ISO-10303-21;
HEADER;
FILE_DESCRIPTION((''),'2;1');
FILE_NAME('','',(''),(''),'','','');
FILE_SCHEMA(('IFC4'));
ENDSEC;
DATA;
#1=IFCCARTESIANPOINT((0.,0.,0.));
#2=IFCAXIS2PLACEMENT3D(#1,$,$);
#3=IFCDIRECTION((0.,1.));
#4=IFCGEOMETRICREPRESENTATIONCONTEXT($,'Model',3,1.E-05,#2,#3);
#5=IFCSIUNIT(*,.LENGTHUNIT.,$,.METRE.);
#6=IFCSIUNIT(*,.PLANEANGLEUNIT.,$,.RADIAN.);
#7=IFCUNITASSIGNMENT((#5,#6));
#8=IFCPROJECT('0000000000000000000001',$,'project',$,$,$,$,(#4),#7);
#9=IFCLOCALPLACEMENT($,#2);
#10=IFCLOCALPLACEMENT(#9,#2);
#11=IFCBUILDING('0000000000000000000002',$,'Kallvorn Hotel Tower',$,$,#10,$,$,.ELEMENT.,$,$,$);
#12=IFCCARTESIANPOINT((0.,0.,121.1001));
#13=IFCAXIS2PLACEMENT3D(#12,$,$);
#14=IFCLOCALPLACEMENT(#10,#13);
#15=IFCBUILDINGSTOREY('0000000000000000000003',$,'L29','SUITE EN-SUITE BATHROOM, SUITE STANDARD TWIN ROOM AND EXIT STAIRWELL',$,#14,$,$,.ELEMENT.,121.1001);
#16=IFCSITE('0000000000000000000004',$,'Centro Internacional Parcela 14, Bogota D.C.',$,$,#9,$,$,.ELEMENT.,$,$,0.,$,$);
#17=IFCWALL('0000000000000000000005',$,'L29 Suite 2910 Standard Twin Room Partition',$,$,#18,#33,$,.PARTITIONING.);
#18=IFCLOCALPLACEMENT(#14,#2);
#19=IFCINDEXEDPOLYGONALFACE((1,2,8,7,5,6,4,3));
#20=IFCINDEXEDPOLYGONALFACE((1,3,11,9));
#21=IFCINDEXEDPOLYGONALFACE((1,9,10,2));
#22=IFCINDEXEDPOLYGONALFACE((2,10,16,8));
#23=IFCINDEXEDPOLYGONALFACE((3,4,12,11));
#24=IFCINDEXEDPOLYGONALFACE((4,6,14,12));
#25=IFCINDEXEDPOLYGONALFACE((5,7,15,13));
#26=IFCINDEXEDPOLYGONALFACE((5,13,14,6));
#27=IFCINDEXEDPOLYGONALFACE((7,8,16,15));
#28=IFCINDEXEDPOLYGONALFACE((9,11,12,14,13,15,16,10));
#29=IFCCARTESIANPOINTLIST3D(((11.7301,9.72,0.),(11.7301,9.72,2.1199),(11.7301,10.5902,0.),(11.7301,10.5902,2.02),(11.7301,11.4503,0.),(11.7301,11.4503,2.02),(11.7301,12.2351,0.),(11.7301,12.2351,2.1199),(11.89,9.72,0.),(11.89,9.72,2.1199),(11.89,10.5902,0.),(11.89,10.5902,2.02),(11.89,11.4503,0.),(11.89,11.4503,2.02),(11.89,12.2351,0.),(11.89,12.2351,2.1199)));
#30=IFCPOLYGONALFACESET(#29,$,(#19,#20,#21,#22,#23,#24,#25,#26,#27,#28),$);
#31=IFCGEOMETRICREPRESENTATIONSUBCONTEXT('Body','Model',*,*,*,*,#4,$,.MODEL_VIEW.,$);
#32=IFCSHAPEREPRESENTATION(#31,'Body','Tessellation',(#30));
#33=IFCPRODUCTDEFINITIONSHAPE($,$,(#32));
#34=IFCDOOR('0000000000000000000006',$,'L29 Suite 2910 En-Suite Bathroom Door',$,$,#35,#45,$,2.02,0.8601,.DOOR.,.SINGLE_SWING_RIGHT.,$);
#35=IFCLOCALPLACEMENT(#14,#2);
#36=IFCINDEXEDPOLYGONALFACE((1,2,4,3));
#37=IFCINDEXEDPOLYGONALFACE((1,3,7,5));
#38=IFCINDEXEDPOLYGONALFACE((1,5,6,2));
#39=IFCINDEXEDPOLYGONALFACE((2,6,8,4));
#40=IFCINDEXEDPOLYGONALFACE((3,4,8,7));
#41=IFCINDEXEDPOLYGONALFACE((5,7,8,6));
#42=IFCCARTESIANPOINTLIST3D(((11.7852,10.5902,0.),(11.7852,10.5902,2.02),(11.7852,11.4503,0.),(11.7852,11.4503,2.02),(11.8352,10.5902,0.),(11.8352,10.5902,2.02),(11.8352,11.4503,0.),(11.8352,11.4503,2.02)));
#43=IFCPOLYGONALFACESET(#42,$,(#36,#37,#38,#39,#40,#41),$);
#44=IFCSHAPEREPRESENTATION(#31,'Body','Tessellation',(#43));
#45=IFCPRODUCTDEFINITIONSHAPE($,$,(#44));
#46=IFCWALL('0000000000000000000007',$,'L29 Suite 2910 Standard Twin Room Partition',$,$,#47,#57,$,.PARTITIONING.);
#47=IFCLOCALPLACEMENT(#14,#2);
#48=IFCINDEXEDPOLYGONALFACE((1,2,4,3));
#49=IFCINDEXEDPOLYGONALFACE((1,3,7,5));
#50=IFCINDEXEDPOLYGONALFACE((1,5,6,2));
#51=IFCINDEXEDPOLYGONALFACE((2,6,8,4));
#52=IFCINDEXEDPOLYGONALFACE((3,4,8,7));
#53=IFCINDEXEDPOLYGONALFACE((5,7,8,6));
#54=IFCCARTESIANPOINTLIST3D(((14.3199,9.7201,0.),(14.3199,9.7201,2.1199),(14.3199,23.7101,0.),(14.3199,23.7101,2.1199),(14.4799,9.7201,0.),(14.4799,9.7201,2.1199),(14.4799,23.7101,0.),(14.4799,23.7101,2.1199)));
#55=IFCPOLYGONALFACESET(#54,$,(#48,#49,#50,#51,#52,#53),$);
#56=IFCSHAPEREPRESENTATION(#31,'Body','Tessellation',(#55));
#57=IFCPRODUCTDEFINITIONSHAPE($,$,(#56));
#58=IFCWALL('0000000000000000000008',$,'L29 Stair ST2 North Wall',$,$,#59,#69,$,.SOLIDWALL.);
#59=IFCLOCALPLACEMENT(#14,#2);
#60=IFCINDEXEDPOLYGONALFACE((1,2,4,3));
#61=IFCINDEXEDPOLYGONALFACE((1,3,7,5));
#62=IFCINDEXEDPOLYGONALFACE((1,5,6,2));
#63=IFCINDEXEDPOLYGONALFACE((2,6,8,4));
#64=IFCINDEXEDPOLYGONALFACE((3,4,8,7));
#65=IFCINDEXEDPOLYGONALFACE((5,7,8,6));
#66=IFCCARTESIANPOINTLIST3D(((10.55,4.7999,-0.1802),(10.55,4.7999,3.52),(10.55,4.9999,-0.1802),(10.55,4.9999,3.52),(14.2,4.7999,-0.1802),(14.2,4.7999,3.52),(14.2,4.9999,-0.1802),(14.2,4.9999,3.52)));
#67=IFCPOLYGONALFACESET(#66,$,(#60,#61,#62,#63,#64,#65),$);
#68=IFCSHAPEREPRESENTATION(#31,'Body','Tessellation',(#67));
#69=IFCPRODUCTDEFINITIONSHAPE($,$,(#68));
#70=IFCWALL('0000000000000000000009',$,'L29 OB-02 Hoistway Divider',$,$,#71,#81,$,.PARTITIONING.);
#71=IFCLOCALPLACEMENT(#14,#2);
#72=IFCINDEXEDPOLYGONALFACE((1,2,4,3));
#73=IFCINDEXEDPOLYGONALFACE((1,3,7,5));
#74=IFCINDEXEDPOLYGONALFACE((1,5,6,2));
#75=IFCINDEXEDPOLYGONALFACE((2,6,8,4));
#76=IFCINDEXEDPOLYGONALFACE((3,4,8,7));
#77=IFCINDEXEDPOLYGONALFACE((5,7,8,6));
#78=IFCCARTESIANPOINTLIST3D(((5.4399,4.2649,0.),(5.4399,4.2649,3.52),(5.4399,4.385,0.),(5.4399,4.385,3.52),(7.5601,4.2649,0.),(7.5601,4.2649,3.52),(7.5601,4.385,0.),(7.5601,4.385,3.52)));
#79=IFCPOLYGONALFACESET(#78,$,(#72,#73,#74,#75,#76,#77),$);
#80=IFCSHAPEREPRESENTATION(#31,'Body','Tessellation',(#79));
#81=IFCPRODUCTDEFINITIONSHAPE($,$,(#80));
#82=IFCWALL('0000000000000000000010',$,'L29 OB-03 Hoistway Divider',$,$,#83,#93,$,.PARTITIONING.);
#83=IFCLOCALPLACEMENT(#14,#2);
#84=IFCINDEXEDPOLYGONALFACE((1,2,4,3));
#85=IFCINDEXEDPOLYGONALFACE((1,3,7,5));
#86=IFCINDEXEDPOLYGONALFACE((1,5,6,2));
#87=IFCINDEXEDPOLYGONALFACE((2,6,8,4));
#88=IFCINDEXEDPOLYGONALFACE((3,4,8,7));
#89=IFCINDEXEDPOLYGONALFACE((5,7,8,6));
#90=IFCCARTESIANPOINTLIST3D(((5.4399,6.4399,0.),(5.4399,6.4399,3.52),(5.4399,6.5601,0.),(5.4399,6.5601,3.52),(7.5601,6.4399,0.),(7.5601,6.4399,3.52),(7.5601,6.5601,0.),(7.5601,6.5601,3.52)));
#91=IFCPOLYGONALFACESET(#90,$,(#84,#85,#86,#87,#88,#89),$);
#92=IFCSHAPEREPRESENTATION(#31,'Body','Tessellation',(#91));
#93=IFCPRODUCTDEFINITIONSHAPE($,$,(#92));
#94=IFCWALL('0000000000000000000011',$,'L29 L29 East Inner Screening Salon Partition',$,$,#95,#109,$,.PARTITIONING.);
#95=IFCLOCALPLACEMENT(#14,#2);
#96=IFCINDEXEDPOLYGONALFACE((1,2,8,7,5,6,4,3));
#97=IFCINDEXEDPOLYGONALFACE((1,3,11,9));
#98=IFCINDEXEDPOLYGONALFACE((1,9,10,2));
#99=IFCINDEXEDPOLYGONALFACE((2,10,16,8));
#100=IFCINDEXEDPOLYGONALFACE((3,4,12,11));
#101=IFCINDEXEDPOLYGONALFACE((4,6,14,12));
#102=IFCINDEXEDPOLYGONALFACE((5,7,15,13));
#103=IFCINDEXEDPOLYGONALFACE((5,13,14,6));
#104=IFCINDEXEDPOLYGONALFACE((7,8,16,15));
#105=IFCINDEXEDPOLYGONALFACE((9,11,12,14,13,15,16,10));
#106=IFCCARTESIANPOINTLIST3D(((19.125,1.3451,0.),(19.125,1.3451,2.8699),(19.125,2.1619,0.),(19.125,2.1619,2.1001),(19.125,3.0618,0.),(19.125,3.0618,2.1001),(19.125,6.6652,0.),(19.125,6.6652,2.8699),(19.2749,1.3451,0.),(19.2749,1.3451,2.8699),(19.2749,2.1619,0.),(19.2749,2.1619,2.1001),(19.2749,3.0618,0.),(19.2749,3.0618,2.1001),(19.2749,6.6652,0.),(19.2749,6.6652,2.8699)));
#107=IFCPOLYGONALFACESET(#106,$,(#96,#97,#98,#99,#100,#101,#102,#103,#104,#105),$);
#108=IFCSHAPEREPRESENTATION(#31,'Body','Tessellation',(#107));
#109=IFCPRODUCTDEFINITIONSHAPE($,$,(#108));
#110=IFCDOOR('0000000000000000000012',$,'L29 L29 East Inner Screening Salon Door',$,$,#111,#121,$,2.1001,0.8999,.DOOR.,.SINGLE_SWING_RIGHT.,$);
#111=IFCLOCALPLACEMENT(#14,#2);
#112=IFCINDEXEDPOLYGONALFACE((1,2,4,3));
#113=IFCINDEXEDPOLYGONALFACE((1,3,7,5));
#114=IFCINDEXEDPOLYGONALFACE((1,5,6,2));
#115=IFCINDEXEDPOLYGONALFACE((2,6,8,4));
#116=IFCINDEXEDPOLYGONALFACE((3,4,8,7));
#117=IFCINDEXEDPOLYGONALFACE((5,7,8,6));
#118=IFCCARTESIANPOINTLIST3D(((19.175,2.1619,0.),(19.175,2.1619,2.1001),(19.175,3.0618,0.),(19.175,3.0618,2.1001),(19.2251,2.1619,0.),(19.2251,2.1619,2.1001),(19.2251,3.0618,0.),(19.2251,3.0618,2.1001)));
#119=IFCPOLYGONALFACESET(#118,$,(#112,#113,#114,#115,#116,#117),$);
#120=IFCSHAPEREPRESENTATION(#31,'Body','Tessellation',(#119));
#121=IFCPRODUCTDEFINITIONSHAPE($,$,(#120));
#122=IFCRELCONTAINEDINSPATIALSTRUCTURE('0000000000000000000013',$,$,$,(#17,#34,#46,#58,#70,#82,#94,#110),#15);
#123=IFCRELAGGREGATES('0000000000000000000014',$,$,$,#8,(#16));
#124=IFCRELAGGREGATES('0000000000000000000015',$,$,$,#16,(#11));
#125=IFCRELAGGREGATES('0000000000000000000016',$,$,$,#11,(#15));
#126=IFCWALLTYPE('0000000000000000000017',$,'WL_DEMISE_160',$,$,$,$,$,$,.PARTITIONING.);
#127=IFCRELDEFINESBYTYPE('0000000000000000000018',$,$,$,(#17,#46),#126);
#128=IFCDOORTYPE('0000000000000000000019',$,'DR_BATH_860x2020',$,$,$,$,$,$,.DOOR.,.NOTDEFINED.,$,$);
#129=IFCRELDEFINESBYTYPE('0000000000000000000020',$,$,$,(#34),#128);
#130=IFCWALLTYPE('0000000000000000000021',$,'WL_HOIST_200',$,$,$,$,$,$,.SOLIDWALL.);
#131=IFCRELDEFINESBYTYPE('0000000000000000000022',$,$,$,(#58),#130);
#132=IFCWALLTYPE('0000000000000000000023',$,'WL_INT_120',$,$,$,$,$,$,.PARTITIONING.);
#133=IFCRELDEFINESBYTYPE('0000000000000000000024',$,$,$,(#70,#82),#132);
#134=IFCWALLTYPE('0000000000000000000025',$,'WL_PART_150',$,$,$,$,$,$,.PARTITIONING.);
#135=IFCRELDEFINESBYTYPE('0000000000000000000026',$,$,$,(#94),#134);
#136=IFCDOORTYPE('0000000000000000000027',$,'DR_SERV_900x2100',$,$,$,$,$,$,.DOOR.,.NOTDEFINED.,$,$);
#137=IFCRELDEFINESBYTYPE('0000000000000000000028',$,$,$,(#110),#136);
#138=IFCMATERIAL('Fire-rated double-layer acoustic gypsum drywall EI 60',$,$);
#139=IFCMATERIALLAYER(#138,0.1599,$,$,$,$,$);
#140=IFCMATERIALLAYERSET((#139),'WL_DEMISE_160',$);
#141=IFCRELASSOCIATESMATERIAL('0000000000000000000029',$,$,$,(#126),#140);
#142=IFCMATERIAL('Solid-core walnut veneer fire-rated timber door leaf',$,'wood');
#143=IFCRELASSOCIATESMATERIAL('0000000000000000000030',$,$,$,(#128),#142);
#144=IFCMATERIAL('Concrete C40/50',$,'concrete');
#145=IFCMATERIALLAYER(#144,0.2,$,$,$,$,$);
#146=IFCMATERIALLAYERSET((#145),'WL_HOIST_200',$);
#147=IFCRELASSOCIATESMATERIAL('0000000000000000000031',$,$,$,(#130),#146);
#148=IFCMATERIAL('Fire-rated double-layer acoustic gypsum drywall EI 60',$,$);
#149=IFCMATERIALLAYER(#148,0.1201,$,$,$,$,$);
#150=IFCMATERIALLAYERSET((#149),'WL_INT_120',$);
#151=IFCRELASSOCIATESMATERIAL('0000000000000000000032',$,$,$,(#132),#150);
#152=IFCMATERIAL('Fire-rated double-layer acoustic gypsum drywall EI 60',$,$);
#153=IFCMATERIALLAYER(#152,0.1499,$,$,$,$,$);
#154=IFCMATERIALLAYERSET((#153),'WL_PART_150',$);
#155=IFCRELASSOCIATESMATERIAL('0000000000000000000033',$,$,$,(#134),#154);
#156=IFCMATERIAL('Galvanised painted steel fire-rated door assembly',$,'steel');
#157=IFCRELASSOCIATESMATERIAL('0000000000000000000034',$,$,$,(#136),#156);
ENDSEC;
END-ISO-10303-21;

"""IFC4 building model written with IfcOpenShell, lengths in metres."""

from ifc_helpers import new_model, si_unit, direction, frame, frame_2d, origin, place, context, subcontext, project, spatial, rectangle, extrude, material, layer, layer_set, type_object, element, fill, save


model = new_model("IFC4")

# Units and contexts
model_context = context("Model", 3, precision=1e-05, world=origin(), true_north=direction((0.0, 1.0)))
body_context = subcontext(model_context, "Body", "Model", "MODEL_VIEW")
ifc_project = project(units=[si_unit("LENGTHUNIT", "METRE"), si_unit("PLANEANGLEUNIT", "RADIAN")], contexts=[model_context])

# Site, building, storey
site_placement = place(None, origin())
site = spatial("IfcSite", under=ifc_project, at=site_placement, Name="Centro Internacional Parcela 14, Bogota D.C.", CompositionType="ELEMENT", RefElevation=0.0)
building_placement = place(site_placement, origin())
building = spatial("IfcBuilding", under=site, at=building_placement, Name="Kallvorn Hotel Tower", CompositionType="ELEMENT")
storey_placement = place(building_placement, frame((0.0, 0.0, 121.1001)))
storey = spatial("IfcBuildingStorey", under=building, at=storey_placement, Name="L29", Description="SUITE EN-SUITE BATHROOM, SUITE STANDARD TWIN ROOM AND EXIT STAIRWELL", CompositionType="ELEMENT", Elevation=121.1001)

# Shared definitions
ifc_material_1 = material(Name="Fire-rated double-layer acoustic gypsum drywall EI 60")
ifc_layer_1 = layer(ifc_material_1, 0.1599)
ifc_layer_set_1 = layer_set([ifc_layer_1], Name="WL_DEMISE_160")
wall_type_1 = type_object("IfcWallType", Name="WL_DEMISE_160", PredefinedType="PARTITIONING", material=ifc_layer_set_1)
ifc_material_2 = material(Name="Solid-core walnut veneer fire-rated timber door leaf", Category="wood")
door_type_1 = type_object("IfcDoorType", Name="DR_BATH_860x2020", OperationType="NOTDEFINED", PredefinedType="DOOR", material=ifc_material_2)

# Wall, opening, door
wall_1_placement = place(storey_placement, frame((11.8101, 9.72, 0.0), z_axis=(0.0, 0.0, 1.0), x_axis=(0.0, 1.0, 0.0)))
wall_1 = element("IfcWall", 1, at=wall_1_placement, inside=storey, type_object=wall_type_1, Name="L29 Suite 2910 Standard Twin Room Partition", PredefinedType="PARTITIONING", context=body_context, shape_type="SweptSolid", body=[
    extrude(rectangle(XDim=2.5151, YDim=0.1599, at=frame_2d((1.2576, 0.0))), origin(), (0.0, 0.0, 1.0), 2.1199),
])
opening_1_placement = place(wall_1_placement, frame((0.8701, 0.0, 0.0)))
opening_1 = element("IfcOpeningElement", 2, at=opening_1_placement, cuts=wall_1, PredefinedType="OPENING", context=body_context, shape_type="SweptSolid", body=[
    extrude(rectangle(XDim=0.8601, YDim=2.02, at=frame_2d((0.4302, 1.01))), frame((0.0, 0.095, 0.0), z_axis=(0.0, -1.0, 0.0), x_axis=(1.0, 0.0, 0.0)), (0.0, 0.0, 1.0), 0.1899),
])
door_1_placement = place(opening_1_placement, origin())
door_1 = element("IfcDoor", 3, at=door_1_placement, inside=storey, type_object=door_type_1, Name="L29 Suite 2910 En-Suite Bathroom Door", OperationType="SINGLE_SWING_RIGHT", OverallHeight=2.02, OverallWidth=0.8601, PredefinedType="DOOR", context=body_context, shape_type="SweptSolid", body=[
    extrude(rectangle(XDim=0.8601, YDim=2.02, at=frame_2d((0.4302, 1.01))), frame((0.0, 0.0249, 0.0), z_axis=(0.0, -1.0, 0.0), x_axis=(1.0, 0.0, 0.0)), (0.0, 0.0, 1.0), 0.05),
])
fill(opening_1, door_1)

# Walls
wall_2_placement = place(storey_placement, frame((14.3999, 9.72, 0.0), z_axis=(0.0, 0.0, 1.0), x_axis=(0.0, 1.0, 0.0)))
element("IfcWall", 4, at=wall_2_placement, inside=storey, type_object=wall_type_1, Name="L29 Suite 2910 Standard Twin Room Partition", PredefinedType="PARTITIONING", context=body_context, shape_type="SweptSolid", body=[
    extrude(rectangle(XDim=13.99, YDim=0.1599, at=frame_2d((6.9951, 0.0))), origin(), (0.0, 0.0, 1.0), 2.1199),
])
ifc_material_3 = material(Name="Concrete C40/50", Category="concrete")
ifc_layer_2 = layer(ifc_material_3, 0.2)
ifc_layer_set_2 = layer_set([ifc_layer_2], Name="WL_HOIST_200")
wall_type_2 = type_object("IfcWallType", Name="WL_HOIST_200", PredefinedType="SOLIDWALL", material=ifc_layer_set_2)
wall_3_placement = place(storey_placement, frame((10.55, 4.8999, -0.1802), z_axis=(0.0, 0.0, 1.0), x_axis=(1.0, 0.0, 0.0)))
element("IfcWall", 5, at=wall_3_placement, inside=storey, type_object=wall_type_2, Name="L29 Stair ST2 North Wall", PredefinedType="SOLIDWALL", context=body_context, shape_type="SweptSolid", body=[
    extrude(rectangle(XDim=3.6499, YDim=0.2, at=frame_2d((1.825, 0.0))), origin(), (0.0, 0.0, 1.0), 3.7002),
])
ifc_material_4 = material(Name="Fire-rated double-layer acoustic gypsum drywall EI 60")
ifc_layer_3 = layer(ifc_material_4, 0.1201)
ifc_layer_set_3 = layer_set([ifc_layer_3], Name="WL_INT_120")
wall_type_3 = type_object("IfcWallType", Name="WL_INT_120", PredefinedType="PARTITIONING", material=ifc_layer_set_3)
for number, where, z_axis, x_axis, name in (
    (6, (5.4399, 4.325, 0.0), (0.0, 0.0, 1.0), (1.0, 0.0, 0.0), "L29 OB-02 Hoistway Divider"),
    (7, (5.4399, 6.5, 0.0), (0.0, 0.0, 1.0), (1.0, 0.0, 0.0), "L29 OB-03 Hoistway Divider"),
):
    element("IfcWall", number, at=place(storey_placement, frame(where, z_axis=z_axis, x_axis=x_axis)), inside=storey, type_object=wall_type_3, Name=name, PredefinedType="PARTITIONING", context=body_context, shape_type="SweptSolid", body=[
        extrude(rectangle(XDim=2.1201, YDim=0.1201, at=frame_2d((1.0601, 0.0))), origin(), (0.0, 0.0, 1.0), 3.52),
    ])

# Wall, opening, door
ifc_material_5 = material(Name="Fire-rated double-layer acoustic gypsum drywall EI 60")
ifc_layer_4 = layer(ifc_material_5, 0.1499)
ifc_layer_set_4 = layer_set([ifc_layer_4], Name="WL_PART_150")
wall_type_4 = type_object("IfcWallType", Name="WL_PART_150", PredefinedType="PARTITIONING", material=ifc_layer_set_4)
wall_4_placement = place(storey_placement, frame((19.2, 1.345, 0.0), z_axis=(0.0, 0.0, 1.0), x_axis=(0.0, 1.0, 0.0)))
wall_4 = element("IfcWall", 8, at=wall_4_placement, inside=storey, type_object=wall_type_4, Name="L29 L29 East Inner Screening Salon Partition", PredefinedType="PARTITIONING", context=body_context, shape_type="SweptSolid", body=[
    extrude(rectangle(XDim=5.3201, YDim=0.1499, at=frame_2d((2.6602, 0.0))), origin(), (0.0, 0.0, 1.0), 2.8699),
])
opening_2_placement = place(wall_4_placement, frame((0.8169, 0.0, 0.0)))
opening_2 = element("IfcOpeningElement", 9, at=opening_2_placement, cuts=wall_4, PredefinedType="OPENING", context=body_context, shape_type="SweptSolid", body=[
    extrude(rectangle(XDim=0.8999, YDim=2.1001, at=frame_2d((0.45, 1.05))), frame((0.0, 0.0898, 0.0), z_axis=(0.0, -1.0, 0.0), x_axis=(1.0, 0.0, 0.0)), (0.0, 0.0, 1.0), 0.1799),
])
ifc_material_6 = material(Name="Galvanised painted steel fire-rated door assembly", Category="steel")
door_type_2 = type_object("IfcDoorType", Name="DR_SERV_900x2100", OperationType="NOTDEFINED", PredefinedType="DOOR", material=ifc_material_6)
door_2_placement = place(opening_2_placement, origin())
door_2 = element("IfcDoor", 10, at=door_2_placement, inside=storey, type_object=door_type_2, Name="L29 L29 East Inner Screening Salon Door", OperationType="SINGLE_SWING_RIGHT", OverallHeight=2.1001, OverallWidth=0.8999, PredefinedType="DOOR", context=body_context, shape_type="SweptSolid", body=[
    extrude(rectangle(XDim=0.8999, YDim=2.1001, at=frame_2d((0.45, 1.05))), frame((0.0, 0.0249, 0.0), z_axis=(0.0, -1.0, 0.0), x_axis=(1.0, 0.0, 0.0)), (0.0, 0.0, 1.0), 0.05),
])
fill(opening_2, door_2)

save(model, "model.ifc")
